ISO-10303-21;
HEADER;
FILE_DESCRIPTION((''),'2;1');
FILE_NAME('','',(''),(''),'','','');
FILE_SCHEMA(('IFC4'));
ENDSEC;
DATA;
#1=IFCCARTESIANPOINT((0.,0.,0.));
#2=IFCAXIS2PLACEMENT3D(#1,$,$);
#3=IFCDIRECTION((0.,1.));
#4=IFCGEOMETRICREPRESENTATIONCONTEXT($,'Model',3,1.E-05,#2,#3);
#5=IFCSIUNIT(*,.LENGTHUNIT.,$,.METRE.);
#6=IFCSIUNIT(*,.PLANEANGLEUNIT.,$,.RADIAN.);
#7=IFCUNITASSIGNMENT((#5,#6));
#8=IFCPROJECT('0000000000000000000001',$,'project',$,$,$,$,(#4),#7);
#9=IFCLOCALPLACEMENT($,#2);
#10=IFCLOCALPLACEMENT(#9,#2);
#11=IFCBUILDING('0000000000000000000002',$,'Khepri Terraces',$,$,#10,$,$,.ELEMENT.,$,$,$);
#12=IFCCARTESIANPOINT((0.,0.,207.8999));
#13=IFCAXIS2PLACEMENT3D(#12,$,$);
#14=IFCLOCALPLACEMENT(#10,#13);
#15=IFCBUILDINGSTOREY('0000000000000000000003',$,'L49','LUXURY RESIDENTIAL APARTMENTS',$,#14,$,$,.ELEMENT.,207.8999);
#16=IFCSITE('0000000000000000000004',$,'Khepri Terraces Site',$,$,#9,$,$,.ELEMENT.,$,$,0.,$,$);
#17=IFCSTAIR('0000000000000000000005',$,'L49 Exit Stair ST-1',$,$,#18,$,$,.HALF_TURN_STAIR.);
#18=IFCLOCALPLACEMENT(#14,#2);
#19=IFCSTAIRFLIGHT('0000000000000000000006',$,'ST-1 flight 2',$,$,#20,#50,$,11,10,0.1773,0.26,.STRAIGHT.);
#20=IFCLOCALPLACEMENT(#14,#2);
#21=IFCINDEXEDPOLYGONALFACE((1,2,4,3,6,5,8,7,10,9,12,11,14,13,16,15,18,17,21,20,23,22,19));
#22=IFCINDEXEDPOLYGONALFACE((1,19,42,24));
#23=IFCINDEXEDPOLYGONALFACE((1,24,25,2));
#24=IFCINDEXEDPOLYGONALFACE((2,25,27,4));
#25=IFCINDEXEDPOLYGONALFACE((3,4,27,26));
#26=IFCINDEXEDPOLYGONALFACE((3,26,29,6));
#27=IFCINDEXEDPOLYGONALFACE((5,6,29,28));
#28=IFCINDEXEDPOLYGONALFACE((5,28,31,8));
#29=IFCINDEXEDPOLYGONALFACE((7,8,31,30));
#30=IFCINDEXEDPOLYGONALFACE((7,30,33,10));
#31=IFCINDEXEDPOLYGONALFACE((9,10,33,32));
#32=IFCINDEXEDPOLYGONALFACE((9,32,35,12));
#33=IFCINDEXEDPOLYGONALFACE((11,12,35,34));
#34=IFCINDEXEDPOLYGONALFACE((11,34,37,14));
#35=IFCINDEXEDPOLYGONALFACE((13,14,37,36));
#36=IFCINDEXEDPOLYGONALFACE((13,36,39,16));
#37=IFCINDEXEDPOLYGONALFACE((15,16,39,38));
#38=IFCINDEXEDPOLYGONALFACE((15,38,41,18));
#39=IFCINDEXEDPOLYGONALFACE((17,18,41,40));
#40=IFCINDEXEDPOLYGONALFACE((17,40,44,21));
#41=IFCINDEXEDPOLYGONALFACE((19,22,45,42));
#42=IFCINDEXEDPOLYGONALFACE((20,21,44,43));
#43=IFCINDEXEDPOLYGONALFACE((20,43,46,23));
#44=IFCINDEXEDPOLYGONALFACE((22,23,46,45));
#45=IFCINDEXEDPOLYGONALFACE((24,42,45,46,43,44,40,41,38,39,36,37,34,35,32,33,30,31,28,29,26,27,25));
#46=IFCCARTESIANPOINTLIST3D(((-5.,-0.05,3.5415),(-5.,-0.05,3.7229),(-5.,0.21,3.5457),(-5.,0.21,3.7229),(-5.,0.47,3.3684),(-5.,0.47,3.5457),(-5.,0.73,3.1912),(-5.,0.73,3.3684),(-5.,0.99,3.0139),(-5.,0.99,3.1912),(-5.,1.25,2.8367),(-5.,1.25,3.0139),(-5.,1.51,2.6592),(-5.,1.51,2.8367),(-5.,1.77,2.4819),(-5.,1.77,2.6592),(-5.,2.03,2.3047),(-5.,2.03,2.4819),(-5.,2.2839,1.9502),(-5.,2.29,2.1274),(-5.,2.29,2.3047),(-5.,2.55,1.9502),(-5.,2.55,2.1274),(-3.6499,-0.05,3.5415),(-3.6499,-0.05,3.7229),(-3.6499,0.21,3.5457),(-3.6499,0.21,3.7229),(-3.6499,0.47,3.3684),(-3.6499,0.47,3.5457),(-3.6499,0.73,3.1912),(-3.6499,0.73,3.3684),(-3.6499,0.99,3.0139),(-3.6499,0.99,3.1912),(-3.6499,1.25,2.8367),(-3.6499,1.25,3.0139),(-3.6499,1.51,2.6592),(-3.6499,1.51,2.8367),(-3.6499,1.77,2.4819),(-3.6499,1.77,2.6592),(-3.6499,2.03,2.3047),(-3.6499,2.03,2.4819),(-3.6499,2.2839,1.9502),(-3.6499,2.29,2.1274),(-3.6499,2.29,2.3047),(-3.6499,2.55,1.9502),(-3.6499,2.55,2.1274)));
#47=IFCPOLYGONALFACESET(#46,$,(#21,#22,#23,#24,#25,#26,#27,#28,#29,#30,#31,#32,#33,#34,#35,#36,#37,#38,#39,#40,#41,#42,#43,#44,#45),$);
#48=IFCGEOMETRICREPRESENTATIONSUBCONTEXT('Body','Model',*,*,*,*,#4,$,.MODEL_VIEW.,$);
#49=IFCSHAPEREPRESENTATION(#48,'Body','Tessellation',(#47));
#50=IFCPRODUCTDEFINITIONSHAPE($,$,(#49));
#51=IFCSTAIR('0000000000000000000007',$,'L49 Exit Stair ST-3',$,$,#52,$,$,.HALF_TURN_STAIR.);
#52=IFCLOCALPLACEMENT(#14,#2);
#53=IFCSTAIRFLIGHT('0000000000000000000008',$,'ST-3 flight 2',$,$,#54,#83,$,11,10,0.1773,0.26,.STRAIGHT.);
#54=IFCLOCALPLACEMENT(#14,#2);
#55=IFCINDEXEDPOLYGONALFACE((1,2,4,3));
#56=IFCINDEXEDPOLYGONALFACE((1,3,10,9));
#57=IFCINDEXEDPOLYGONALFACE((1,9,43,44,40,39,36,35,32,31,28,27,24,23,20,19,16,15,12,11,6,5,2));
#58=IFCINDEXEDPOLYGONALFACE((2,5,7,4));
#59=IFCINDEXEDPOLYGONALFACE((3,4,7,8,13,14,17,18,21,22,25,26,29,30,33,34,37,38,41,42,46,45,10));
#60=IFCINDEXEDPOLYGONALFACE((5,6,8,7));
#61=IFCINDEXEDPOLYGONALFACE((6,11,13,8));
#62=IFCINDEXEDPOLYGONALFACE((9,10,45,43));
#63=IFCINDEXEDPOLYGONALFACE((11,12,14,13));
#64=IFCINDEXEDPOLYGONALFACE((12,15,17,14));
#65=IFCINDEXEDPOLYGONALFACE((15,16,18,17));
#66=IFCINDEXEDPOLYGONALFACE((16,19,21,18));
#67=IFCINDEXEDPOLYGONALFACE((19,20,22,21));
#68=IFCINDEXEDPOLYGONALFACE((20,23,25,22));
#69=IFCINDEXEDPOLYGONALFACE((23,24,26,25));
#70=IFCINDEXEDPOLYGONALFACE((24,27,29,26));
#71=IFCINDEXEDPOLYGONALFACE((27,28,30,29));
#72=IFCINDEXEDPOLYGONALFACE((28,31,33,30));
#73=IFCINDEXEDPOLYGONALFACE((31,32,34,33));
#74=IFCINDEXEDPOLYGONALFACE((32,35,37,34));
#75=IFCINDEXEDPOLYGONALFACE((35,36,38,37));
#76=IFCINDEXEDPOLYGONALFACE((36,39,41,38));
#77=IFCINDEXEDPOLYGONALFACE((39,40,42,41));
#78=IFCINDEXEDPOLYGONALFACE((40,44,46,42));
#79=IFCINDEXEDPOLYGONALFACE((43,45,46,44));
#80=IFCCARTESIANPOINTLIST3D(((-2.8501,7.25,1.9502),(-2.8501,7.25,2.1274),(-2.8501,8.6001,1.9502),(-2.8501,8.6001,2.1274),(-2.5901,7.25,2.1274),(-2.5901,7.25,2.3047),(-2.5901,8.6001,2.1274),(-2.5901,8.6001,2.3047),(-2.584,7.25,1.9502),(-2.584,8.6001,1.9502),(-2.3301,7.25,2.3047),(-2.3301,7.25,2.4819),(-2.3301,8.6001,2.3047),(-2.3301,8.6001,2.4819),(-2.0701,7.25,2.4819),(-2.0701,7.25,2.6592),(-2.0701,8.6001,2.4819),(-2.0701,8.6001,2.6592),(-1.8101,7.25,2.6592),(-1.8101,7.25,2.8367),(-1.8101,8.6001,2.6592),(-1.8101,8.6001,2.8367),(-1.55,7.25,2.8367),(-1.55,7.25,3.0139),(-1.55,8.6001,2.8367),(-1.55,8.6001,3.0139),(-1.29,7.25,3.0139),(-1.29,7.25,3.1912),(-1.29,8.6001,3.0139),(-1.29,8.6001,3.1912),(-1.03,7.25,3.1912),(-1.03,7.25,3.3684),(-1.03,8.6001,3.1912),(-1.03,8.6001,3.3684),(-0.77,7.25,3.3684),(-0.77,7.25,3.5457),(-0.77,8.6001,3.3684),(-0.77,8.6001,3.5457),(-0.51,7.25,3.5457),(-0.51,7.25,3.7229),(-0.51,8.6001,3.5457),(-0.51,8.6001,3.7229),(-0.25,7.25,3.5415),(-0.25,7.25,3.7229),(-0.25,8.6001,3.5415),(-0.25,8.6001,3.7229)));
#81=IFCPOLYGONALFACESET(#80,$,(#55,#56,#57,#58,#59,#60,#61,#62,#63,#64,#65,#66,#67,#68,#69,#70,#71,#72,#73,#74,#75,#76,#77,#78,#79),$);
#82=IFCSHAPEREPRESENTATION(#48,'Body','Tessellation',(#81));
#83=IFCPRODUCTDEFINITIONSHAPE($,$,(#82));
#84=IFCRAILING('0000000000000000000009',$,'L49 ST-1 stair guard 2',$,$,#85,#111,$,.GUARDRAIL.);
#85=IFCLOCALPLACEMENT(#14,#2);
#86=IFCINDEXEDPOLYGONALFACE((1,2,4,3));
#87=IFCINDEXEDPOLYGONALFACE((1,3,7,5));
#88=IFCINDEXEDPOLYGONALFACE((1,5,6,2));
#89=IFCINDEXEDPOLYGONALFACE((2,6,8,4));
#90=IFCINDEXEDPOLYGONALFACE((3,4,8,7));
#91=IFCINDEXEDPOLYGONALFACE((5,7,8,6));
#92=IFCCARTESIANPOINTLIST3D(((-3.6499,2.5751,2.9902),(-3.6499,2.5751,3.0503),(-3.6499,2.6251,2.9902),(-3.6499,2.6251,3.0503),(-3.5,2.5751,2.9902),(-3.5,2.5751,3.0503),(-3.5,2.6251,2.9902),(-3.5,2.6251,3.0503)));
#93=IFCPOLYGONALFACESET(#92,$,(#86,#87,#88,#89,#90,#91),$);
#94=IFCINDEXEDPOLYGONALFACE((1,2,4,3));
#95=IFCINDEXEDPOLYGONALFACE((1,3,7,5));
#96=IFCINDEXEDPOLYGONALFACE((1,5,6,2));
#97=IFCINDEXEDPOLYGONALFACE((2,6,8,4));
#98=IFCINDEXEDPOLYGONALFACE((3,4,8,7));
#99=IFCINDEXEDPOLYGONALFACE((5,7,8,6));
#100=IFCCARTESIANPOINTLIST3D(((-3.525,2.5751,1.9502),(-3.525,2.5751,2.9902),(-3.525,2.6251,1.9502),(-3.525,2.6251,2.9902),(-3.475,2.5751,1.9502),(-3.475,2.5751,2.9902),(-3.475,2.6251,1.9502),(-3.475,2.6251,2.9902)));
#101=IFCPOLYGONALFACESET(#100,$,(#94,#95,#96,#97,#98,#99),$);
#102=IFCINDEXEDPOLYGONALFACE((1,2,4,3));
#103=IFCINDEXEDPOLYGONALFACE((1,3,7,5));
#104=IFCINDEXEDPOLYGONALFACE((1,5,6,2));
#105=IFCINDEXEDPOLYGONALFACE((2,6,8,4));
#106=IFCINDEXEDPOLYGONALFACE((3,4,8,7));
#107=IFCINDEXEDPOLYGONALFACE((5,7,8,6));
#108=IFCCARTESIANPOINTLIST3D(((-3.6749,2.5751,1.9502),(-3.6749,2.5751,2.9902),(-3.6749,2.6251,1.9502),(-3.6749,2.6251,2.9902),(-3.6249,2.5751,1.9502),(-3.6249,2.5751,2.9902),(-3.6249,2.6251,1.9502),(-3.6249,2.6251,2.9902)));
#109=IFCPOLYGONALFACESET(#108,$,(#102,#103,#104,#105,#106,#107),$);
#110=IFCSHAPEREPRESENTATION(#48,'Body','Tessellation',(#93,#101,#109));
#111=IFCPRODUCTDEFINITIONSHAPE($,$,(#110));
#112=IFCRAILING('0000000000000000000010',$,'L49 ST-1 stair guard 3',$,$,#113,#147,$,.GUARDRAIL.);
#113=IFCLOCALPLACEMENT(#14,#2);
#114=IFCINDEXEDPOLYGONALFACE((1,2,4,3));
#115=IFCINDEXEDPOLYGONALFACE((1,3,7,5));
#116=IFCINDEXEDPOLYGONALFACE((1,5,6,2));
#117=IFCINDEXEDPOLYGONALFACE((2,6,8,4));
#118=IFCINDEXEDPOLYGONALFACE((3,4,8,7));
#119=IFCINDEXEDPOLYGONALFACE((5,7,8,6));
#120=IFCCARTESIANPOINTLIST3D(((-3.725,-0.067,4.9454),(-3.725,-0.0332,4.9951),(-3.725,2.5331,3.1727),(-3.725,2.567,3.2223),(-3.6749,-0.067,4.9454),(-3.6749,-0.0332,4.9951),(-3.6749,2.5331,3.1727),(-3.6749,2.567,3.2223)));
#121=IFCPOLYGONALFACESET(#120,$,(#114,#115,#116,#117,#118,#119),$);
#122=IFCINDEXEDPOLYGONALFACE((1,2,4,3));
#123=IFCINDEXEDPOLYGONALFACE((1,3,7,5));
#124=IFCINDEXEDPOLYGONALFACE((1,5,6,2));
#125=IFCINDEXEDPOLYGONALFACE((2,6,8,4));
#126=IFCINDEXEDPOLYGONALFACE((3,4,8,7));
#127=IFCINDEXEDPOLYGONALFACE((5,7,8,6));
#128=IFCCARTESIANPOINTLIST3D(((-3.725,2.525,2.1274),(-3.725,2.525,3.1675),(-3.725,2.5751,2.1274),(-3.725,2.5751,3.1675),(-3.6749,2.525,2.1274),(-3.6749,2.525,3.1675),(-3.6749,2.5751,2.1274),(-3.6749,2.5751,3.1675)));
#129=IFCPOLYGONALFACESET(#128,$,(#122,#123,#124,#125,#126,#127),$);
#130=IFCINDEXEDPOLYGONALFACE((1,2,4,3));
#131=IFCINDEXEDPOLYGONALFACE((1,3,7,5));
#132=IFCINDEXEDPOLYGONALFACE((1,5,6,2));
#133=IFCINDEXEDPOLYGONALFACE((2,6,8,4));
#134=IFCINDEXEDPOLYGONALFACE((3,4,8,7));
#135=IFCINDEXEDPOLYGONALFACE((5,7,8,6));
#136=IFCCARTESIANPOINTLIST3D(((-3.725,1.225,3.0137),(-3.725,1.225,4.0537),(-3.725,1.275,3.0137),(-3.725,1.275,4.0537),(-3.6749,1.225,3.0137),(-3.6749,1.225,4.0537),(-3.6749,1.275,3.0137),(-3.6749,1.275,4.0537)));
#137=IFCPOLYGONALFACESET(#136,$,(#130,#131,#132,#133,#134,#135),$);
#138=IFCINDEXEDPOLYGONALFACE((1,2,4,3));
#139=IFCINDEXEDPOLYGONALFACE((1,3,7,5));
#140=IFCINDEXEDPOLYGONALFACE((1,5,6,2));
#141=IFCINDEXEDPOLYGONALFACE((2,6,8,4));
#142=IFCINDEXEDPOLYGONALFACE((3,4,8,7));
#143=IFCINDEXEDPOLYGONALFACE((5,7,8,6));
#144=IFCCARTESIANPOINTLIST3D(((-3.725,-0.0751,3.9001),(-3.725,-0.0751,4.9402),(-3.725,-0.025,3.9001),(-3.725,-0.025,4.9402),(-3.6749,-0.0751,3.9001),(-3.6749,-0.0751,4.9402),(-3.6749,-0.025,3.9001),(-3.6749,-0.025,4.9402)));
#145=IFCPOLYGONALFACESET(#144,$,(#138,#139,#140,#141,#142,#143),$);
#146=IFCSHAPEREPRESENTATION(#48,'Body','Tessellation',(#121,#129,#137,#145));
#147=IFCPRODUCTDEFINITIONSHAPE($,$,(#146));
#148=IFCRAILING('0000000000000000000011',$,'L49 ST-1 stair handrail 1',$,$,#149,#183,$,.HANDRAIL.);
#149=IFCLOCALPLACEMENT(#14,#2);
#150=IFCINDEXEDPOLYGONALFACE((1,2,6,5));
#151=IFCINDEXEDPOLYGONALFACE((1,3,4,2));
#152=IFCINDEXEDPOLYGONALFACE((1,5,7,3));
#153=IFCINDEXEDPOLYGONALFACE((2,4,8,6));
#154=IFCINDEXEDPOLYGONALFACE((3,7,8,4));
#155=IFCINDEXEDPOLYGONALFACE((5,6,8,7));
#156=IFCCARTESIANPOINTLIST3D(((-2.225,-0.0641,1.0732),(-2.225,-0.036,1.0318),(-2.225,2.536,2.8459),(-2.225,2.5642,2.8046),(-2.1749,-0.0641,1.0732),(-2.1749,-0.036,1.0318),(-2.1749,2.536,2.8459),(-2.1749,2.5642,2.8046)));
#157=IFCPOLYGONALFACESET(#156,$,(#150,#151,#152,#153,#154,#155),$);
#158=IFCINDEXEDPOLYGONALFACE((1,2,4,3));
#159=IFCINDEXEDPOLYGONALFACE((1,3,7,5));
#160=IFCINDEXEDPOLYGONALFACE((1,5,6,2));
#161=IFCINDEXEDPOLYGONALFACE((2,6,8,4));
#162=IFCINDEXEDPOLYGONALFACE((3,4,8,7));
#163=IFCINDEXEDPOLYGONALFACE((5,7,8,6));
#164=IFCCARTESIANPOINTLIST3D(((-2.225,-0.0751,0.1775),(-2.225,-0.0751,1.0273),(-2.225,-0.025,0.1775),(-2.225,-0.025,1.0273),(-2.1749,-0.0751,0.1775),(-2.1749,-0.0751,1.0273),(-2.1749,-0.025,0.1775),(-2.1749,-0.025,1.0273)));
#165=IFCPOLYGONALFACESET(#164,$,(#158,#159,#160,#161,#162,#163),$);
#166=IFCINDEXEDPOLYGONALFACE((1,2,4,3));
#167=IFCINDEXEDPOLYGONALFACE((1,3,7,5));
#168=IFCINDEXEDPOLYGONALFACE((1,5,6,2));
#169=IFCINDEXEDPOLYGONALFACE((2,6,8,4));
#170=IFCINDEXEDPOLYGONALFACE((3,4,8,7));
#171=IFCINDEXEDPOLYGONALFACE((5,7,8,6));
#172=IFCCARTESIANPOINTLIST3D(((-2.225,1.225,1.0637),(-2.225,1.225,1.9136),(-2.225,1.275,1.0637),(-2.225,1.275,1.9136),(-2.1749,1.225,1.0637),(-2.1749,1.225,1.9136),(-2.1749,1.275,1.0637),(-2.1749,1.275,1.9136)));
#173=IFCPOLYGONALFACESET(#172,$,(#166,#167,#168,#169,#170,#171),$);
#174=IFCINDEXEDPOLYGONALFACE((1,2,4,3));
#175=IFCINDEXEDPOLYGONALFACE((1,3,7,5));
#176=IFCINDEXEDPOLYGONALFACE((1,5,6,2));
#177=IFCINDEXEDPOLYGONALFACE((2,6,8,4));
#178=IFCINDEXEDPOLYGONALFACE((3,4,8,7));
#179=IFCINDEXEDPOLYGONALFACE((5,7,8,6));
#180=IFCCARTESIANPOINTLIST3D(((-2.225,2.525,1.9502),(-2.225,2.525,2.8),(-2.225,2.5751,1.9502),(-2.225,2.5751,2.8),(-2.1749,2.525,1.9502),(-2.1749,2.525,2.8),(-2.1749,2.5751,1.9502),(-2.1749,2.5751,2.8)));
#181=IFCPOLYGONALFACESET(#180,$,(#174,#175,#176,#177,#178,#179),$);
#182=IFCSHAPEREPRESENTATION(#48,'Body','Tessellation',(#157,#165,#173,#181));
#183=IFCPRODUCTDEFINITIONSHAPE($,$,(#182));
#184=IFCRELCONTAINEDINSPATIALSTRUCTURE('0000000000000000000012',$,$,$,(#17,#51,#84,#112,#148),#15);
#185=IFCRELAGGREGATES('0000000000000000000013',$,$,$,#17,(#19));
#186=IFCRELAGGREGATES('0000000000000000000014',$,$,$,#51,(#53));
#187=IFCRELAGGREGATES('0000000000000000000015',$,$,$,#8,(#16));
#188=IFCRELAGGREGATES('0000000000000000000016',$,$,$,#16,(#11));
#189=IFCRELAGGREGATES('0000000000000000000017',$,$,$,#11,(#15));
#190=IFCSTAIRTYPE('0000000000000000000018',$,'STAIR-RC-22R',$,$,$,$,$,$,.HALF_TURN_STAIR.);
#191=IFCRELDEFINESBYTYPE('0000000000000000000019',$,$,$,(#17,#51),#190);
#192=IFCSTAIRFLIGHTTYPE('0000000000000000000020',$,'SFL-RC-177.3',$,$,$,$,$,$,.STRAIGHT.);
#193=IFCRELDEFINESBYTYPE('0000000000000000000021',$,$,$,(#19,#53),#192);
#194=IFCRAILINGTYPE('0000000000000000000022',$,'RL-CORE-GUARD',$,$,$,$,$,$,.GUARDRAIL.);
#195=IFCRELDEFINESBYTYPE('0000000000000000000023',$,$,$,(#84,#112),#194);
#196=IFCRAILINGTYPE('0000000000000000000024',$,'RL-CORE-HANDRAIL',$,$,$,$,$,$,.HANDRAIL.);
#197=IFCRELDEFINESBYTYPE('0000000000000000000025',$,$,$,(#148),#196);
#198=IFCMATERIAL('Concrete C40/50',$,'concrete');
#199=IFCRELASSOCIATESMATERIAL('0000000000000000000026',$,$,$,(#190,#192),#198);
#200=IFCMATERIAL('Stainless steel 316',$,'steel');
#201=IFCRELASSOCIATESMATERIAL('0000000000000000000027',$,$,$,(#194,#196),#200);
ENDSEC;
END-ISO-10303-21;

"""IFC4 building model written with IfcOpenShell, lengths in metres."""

from ifc_helpers import new_model, si_unit, direction, frame, origin, origin_2d, place, context, subcontext, project, spatial, polyline, rectangle, outline, extrude, material, type_object, element, aggregate, save


model = new_model("IFC4")

# Units and contexts
model_context = context("Model", 3, precision=1e-05, world=origin(), true_north=direction((0.0, 1.0)))
body_context = subcontext(model_context, "Body", "Model", "MODEL_VIEW")
ifc_project = project(units=[si_unit("LENGTHUNIT", "METRE"), si_unit("PLANEANGLEUNIT", "RADIAN")], contexts=[model_context])

# Site, building, storey
site_placement = place(None, origin())
site = spatial("IfcSite", under=ifc_project, at=site_placement, Name="Khepri Terraces Site", CompositionType="ELEMENT", RefElevation=0.0)
building_placement = place(site_placement, origin())
building = spatial("IfcBuilding", under=site, at=building_placement, Name="Khepri Terraces", CompositionType="ELEMENT")
storey_placement = place(building_placement, frame((0.0, 0.0, 207.8999)))
storey = spatial("IfcBuildingStorey", under=building, at=storey_placement, Name="L49", Description="LUXURY RESIDENTIAL APARTMENTS", CompositionType="ELEMENT", Elevation=207.8999)

# Stair, stair flight
ifc_material_1 = material(Name="Concrete C40/50", Category="concrete")
stair_type = type_object("IfcStairType", Name="STAIR-RC-22R", PredefinedType="HALF_TURN_STAIR", material=ifc_material_1)
stair_1_placement = place(storey_placement, origin())
stair_1 = element("IfcStair", 1, at=stair_1_placement, inside=storey, type_object=stair_type, Name="L49 Exit Stair ST-1", PredefinedType="HALF_TURN_STAIR")
stair_flight_type = type_object("IfcStairFlightType", Name="SFL-RC-177.3", PredefinedType="STRAIGHT", material=ifc_material_1)
stair_flight_1_placement = place(storey_placement, frame((-4.325, 2.55, 1.9502), z_axis=(0.0, 0.0, 1.0), x_axis=(0.0, -1.0, 0.0)))
stair_flight_1 = element("IfcStairFlight", 2, at=stair_flight_1_placement, type_object=stair_flight_type, Name="ST-1 flight 2", NumberOfRisers=11, NumberOfTreads=10, PredefinedType="STRAIGHT", RiserHeight=0.1773, TreadLength=0.26, context=body_context, shape_type="SweptSolid", body=[
    extrude(outline(polyline([(0.0, 0.0), (0.0, 0.1772), (0.26, 0.1772), (0.26, 0.3545), (0.52, 0.3545), (0.52, 0.5317), (0.78, 0.5317), (0.78, 0.709), (1.04, 0.709), (1.04, 0.8865), (1.3, 0.8865), (1.3, 1.0637), (1.5601, 1.0637), (1.5601, 1.241), (1.8201, 1.241), (1.8201, 1.4182), (2.0801, 1.4182), (2.0801, 1.5955), (2.3401, 1.5955), (2.3401, 1.7727), (2.6001, 1.7727), (2.6001, 1.95), (2.6001, 1.5913), (0.2661, 0.0), (0.0, 0.0)])), frame((0.0, 0.675, 0.0), z_axis=(0.0, -1.0, 0.0), x_axis=(1.0, 0.0, 0.0)), (0.0, 0.0, 1.0), 1.3501),
])
aggregate(stair_1, [stair_flight_1])

# Stair, stair flight
stair_2_placement = place(storey_placement, origin())
stair_2 = element("IfcStair", 3, at=stair_2_placement, inside=storey, type_object=stair_type, Name="L49 Exit Stair ST-3", PredefinedType="HALF_TURN_STAIR")
stair_flight_2_placement = place(storey_placement, frame((-2.8501, 7.925, 1.9502), z_axis=(0.0, 0.0, 1.0), x_axis=(1.0, 0.0, 0.0)))
stair_flight_2 = element("IfcStairFlight", 4, at=stair_flight_2_placement, type_object=stair_flight_type, Name="ST-3 flight 2", NumberOfRisers=11, NumberOfTreads=10, PredefinedType="STRAIGHT", RiserHeight=0.1773, TreadLength=0.26, context=body_context, shape_type="SweptSolid", body=[
    extrude(outline(polyline([(0.0, 0.0), (0.0, 0.1772), (0.26, 0.1772), (0.26, 0.3545), (0.52, 0.3545), (0.52, 0.5317), (0.78, 0.5317), (0.78, 0.709), (1.04, 0.709), (1.04, 0.8865), (1.3, 0.8865), (1.3, 1.0637), (1.5601, 1.0637), (1.5601, 1.241), (1.8201, 1.241), (1.8201, 1.4182), (2.0801, 1.4182), (2.0801, 1.5955), (2.3401, 1.5955), (2.3401, 1.7727), (2.6001, 1.7727), (2.6001, 1.95), (2.6001, 1.5913), (0.2661, 0.0), (0.0, 0.0)])), frame((0.0, 0.675, 0.0), z_axis=(0.0, -1.0, 0.0), x_axis=(1.0, 0.0, 0.0)), (0.0, 0.0, 1.0), 1.3501),
])
aggregate(stair_2, [stair_flight_2])

# Railings
ifc_material_2 = material(Name="Stainless steel 316", Category="steel")
railing_type_1 = type_object("IfcRailingType", Name="RL-CORE-GUARD", PredefinedType="GUARDRAIL", material=ifc_material_2)
railing_1_placement = place(storey_placement, frame((-3.5, 2.6001, 1.9502)))
element("IfcRailing", 5, at=railing_1_placement, inside=storey, type_object=railing_type_1, Name="L49 ST-1 stair guard 2", PredefinedType="GUARDRAIL", context=body_context, shape_type="SweptSolid", body=[
    extrude(rectangle(XDim=0.05, YDim=0.0601, at=origin_2d()), frame((0.0, 0.0, 1.0701), z_axis=(-1.0, 0.0, 0.0), x_axis=(0.0, -1.0, 0.0)), (0.0, 0.0, 1.0), 0.1499),
    extrude(rectangle(XDim=0.05, YDim=0.05, at=origin_2d()), origin(), (0.0, 0.0, 1.0), 1.04),
    extrude(rectangle(XDim=0.05, YDim=0.05, at=origin_2d()), frame((-0.1499, 0.0, 0.0)), (0.0, 0.0, 1.0), 1.04),
])
railing_2_placement = place(storey_placement, frame((-3.7, 2.55, 2.1274)))
element("IfcRailing", 6, at=railing_2_placement, inside=storey, type_object=railing_type_1, Name="L49 ST-1 stair guard 3", PredefinedType="GUARDRAIL", context=body_context, shape_type="SweptSolid", body=[
    extrude(rectangle(XDim=0.05, YDim=0.0601, at=origin_2d()), frame((0.0, 0.0, 1.0701), z_axis=(0.0, -0.82624, 0.563318), x_axis=(1.0, 0.0, 0.0)), (0.0, 0.0, 1.0), 3.147),
    extrude(rectangle(XDim=0.05, YDim=0.05, at=origin_2d()), origin(), (0.0, 0.0, 1.0), 1.04),
    extrude(rectangle(XDim=0.05, YDim=0.05, at=origin_2d()), frame((0.0, -1.3, 0.8862)), (0.0, 0.0, 1.0), 1.04),
    extrude(rectangle(XDim=0.05, YDim=0.05, at=origin_2d()), frame((0.0, -2.6001, 1.7727)), (0.0, 0.0, 1.0), 1.04),
])
railing_type_2 = type_object("IfcRailingType", Name="RL-CORE-HANDRAIL", PredefinedType="HANDRAIL", material=ifc_material_2)
railing_3_placement = place(storey_placement, frame((-2.2, -0.05, 0.1775)))
element("IfcRailing", 7, at=railing_3_placement, inside=storey, type_object=railing_type_2, Name="L49 ST-1 stair handrail 1", PredefinedType="HANDRAIL", context=body_context, shape_type="SweptSolid", body=[
    extrude(rectangle(XDim=0.05, YDim=0.05, at=origin_2d()), frame((0.0, 0.0, 0.875), z_axis=(0.0, 0.82624, 0.563318), x_axis=(-1.0, 0.0, 0.0)), (0.0, 0.0, 1.0), 3.147),
    extrude(rectangle(XDim=0.05, YDim=0.05, at=origin_2d()), origin(), (0.0, 0.0, 1.0), 0.8499),
    extrude(rectangle(XDim=0.05, YDim=0.05, at=origin_2d()), frame((0.0, 1.3, 0.8862)), (0.0, 0.0, 1.0), 0.8499),
    extrude(rectangle(XDim=0.05, YDim=0.05, at=origin_2d()), frame((0.0, 2.6001, 1.7727)), (0.0, 0.0, 1.0), 0.8499),
])

save(model, "model.ifc")
